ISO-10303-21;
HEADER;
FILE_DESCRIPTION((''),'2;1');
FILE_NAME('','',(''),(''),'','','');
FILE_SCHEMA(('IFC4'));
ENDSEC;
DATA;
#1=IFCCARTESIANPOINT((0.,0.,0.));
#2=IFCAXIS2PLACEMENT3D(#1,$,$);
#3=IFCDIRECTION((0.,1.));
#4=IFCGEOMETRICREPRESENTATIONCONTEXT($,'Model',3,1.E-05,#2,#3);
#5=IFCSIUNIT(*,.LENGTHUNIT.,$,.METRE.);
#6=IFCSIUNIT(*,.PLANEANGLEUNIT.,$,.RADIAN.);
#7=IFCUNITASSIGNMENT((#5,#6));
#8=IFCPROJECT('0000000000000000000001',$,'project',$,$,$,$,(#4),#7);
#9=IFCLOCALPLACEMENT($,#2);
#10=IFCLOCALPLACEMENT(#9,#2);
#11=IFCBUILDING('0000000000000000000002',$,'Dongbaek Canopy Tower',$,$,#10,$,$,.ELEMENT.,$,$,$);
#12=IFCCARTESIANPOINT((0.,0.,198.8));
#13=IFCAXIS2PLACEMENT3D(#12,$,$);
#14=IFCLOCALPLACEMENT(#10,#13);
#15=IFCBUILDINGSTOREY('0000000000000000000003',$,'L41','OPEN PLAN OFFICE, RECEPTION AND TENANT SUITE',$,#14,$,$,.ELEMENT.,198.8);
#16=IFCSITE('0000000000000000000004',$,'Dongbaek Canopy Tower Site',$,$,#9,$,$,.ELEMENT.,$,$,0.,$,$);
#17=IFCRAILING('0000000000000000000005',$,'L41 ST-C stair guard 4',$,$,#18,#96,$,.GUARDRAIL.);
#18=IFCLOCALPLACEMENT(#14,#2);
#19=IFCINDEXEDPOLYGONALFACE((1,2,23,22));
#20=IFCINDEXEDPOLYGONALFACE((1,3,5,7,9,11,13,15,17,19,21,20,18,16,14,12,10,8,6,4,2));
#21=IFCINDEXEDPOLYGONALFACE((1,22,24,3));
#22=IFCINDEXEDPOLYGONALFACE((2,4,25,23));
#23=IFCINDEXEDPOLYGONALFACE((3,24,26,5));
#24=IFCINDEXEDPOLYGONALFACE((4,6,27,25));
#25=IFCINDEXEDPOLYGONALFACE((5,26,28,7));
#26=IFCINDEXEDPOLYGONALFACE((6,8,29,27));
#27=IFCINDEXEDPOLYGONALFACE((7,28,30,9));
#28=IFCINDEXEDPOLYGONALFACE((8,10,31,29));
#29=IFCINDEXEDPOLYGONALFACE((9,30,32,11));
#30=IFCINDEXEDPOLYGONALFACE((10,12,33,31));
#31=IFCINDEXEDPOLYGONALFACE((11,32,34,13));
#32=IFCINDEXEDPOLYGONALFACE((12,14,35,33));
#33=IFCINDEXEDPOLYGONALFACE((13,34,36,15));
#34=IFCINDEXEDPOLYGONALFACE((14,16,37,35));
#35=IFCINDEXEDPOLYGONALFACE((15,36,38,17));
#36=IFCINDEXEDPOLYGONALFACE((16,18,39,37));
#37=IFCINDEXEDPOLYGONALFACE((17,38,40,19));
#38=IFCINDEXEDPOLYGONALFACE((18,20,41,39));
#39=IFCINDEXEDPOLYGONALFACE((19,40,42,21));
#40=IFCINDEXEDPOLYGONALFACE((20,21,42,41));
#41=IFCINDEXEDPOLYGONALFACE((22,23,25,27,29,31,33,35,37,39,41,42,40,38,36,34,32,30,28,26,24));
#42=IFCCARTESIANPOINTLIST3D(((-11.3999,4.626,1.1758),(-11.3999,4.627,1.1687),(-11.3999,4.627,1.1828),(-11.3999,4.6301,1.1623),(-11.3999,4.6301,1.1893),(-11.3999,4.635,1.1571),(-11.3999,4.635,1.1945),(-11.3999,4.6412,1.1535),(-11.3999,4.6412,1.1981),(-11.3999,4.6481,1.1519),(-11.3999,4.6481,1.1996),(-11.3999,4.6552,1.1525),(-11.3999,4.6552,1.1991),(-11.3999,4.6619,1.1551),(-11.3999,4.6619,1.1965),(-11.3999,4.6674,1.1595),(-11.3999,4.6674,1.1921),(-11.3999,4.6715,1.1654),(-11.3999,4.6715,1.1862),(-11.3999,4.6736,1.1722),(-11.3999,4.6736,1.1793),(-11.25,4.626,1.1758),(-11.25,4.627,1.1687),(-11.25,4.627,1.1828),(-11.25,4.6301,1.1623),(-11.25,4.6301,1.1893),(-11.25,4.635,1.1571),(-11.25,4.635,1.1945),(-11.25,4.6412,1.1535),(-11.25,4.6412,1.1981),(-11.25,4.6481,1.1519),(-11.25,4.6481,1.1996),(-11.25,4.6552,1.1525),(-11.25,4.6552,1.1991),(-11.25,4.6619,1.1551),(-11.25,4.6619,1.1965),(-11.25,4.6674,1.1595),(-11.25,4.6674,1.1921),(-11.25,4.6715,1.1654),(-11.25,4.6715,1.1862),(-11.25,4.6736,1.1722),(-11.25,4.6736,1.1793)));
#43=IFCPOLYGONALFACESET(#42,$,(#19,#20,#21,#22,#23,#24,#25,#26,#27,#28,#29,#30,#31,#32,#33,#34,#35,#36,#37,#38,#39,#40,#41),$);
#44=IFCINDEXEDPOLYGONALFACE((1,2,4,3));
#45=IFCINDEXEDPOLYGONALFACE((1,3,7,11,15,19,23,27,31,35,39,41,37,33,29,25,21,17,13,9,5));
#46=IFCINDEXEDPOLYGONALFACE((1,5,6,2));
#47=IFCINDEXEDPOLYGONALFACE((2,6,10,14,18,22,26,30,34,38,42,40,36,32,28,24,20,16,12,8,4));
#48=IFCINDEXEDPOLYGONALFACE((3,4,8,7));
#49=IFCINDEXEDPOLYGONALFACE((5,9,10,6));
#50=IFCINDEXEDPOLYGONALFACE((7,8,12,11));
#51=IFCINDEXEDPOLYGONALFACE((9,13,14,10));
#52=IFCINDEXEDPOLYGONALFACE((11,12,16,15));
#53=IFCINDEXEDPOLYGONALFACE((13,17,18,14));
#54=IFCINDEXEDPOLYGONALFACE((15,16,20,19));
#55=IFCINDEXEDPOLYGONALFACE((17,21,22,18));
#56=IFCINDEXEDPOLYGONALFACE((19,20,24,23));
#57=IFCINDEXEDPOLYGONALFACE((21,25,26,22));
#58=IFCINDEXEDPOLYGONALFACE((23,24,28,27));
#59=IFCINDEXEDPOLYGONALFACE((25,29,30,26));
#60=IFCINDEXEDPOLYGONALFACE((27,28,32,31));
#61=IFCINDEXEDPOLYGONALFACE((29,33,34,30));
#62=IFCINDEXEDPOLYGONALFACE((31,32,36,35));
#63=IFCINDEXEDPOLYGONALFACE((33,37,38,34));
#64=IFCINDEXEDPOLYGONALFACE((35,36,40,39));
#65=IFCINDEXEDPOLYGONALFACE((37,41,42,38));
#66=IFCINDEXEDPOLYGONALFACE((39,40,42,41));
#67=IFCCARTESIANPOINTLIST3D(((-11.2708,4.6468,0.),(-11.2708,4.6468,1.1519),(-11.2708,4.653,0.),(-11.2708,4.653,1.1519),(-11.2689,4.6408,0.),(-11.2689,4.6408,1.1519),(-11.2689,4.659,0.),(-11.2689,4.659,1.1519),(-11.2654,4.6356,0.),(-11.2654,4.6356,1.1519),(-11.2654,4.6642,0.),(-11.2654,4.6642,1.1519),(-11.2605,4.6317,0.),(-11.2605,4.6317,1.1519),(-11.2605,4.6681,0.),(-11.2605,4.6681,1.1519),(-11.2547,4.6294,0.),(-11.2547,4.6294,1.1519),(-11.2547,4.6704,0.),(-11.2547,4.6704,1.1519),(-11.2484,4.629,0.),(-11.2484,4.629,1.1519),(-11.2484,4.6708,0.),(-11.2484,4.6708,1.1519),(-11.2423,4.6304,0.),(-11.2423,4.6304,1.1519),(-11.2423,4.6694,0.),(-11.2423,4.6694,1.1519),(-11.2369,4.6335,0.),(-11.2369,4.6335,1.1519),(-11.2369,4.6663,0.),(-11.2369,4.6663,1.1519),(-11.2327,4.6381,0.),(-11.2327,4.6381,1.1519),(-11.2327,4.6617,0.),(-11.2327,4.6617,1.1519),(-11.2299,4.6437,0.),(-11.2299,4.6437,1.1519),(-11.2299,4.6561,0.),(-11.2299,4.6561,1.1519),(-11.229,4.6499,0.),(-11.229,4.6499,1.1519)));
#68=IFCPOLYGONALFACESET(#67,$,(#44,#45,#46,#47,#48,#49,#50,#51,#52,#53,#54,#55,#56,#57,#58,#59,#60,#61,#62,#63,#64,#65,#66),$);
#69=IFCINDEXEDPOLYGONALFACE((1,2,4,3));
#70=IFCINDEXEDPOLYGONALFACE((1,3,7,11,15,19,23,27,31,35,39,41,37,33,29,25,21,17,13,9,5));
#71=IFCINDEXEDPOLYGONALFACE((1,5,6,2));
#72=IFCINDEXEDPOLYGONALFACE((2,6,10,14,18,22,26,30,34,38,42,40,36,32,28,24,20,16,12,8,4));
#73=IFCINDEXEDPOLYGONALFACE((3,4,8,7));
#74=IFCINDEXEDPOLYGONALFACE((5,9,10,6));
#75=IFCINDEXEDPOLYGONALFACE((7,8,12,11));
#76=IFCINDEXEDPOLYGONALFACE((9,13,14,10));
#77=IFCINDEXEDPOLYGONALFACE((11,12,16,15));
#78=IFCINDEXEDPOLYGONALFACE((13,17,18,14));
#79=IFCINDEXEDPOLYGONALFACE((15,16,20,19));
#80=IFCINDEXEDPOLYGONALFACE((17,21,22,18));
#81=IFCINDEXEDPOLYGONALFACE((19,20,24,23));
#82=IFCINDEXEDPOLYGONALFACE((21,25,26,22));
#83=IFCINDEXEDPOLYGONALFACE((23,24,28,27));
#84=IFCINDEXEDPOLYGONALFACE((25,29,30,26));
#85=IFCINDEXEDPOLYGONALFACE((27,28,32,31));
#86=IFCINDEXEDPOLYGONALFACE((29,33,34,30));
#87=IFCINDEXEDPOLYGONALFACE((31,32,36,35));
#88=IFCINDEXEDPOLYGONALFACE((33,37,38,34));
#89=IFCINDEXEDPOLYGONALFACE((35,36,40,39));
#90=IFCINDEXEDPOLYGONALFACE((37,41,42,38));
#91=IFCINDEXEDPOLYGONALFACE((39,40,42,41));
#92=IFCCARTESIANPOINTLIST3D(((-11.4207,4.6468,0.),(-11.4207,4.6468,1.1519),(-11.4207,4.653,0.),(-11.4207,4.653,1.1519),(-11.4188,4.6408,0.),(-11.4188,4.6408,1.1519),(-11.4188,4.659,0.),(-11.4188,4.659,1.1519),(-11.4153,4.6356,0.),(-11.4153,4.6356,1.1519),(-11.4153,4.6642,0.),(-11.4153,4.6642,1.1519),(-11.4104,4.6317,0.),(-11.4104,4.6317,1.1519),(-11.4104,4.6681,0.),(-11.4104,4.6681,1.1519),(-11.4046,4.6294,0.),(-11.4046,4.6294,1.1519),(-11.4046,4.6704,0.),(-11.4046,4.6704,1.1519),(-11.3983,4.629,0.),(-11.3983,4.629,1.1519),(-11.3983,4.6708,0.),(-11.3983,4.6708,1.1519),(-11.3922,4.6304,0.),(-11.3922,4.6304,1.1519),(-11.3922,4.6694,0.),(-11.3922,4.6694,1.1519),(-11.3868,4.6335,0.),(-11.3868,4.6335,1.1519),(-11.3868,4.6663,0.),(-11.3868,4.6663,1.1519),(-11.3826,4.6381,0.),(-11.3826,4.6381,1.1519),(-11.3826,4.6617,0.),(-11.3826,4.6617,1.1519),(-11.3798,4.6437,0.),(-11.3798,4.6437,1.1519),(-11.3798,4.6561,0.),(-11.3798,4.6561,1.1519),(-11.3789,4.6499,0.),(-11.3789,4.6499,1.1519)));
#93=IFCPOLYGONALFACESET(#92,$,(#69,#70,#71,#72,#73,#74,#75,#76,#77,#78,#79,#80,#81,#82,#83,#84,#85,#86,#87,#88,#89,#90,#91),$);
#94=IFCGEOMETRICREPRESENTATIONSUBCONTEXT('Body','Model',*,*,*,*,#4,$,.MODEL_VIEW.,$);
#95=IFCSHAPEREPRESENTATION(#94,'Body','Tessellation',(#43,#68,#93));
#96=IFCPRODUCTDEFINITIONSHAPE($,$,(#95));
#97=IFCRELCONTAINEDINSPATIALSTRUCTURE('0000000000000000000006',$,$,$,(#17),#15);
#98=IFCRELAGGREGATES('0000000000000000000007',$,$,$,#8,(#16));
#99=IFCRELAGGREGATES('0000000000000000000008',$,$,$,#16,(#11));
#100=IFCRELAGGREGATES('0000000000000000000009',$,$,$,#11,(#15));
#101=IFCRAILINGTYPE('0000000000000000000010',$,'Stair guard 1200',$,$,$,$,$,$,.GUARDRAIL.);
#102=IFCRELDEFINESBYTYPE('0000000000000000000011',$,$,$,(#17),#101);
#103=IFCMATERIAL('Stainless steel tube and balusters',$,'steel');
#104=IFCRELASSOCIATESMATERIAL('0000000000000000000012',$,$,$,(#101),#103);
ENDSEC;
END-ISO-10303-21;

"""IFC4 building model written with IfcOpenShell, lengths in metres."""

from ifc_helpers import new_model, si_unit, direction, frame, origin, origin_2d, place, context, subcontext, project, spatial, circle, extrude, material, type_object, element, save


model = new_model("IFC4")

# Units and contexts
model_context = context("Model", 3, precision=1e-05, world=origin(), true_north=direction((0.0, 1.0)))
body_context = subcontext(model_context, "Body", "Model", "MODEL_VIEW")
ifc_project = project(units=[si_unit("LENGTHUNIT", "METRE"), si_unit("PLANEANGLEUNIT", "RADIAN")], contexts=[model_context])

# Site, building, storey
site_placement = place(None, origin())
site = spatial("IfcSite", under=ifc_project, at=site_placement, Name="Dongbaek Canopy Tower Site", CompositionType="ELEMENT", RefElevation=0.0)
building_placement = place(site_placement, origin())
building = spatial("IfcBuilding", under=site, at=building_placement, Name="Dongbaek Canopy Tower", CompositionType="ELEMENT")
storey_placement = place(building_placement, frame((0.0, 0.0, 198.8)))
storey = spatial("IfcBuildingStorey", under=building, at=storey_placement, Name="L41", Description="OPEN PLAN OFFICE, RECEPTION AND TENANT SUITE", CompositionType="ELEMENT", Elevation=198.8)

# Railing
ifc_material_1 = material(Name="Stainless steel tube and balusters", Category="steel")
railing_type_1 = type_object("IfcRailingType", Name="Stair guard 1200", PredefinedType="GUARDRAIL", material=ifc_material_1)
railing_1_placement = place(storey_placement, frame((-11.25, 4.6499, 0.0)))
element("IfcRailing", 1, at=railing_1_placement, inside=storey, type_object=railing_type_1, Name="L41 ST-C stair guard 4", PredefinedType="GUARDRAIL", context=body_context, shape_type="SweptSolid", body=[
    extrude(circle(Radius=0.0239, at=origin_2d()), frame((0.0, 0.0, 1.1758), z_axis=(-1.0, 0.0, 0.0), x_axis=(0.0, -1.0, 0.0)), (0.0, 0.0, 1.0), 0.1499),
    extrude(circle(Radius=0.021, at=origin_2d()), origin(), (0.0, 0.0, 1.0), 1.1519),
    extrude(circle(Radius=0.021, at=origin_2d()), frame((-0.1499, 0.0, 0.0)), (0.0, 0.0, 1.0), 1.1519),
])

save(model, "model.ifc")
